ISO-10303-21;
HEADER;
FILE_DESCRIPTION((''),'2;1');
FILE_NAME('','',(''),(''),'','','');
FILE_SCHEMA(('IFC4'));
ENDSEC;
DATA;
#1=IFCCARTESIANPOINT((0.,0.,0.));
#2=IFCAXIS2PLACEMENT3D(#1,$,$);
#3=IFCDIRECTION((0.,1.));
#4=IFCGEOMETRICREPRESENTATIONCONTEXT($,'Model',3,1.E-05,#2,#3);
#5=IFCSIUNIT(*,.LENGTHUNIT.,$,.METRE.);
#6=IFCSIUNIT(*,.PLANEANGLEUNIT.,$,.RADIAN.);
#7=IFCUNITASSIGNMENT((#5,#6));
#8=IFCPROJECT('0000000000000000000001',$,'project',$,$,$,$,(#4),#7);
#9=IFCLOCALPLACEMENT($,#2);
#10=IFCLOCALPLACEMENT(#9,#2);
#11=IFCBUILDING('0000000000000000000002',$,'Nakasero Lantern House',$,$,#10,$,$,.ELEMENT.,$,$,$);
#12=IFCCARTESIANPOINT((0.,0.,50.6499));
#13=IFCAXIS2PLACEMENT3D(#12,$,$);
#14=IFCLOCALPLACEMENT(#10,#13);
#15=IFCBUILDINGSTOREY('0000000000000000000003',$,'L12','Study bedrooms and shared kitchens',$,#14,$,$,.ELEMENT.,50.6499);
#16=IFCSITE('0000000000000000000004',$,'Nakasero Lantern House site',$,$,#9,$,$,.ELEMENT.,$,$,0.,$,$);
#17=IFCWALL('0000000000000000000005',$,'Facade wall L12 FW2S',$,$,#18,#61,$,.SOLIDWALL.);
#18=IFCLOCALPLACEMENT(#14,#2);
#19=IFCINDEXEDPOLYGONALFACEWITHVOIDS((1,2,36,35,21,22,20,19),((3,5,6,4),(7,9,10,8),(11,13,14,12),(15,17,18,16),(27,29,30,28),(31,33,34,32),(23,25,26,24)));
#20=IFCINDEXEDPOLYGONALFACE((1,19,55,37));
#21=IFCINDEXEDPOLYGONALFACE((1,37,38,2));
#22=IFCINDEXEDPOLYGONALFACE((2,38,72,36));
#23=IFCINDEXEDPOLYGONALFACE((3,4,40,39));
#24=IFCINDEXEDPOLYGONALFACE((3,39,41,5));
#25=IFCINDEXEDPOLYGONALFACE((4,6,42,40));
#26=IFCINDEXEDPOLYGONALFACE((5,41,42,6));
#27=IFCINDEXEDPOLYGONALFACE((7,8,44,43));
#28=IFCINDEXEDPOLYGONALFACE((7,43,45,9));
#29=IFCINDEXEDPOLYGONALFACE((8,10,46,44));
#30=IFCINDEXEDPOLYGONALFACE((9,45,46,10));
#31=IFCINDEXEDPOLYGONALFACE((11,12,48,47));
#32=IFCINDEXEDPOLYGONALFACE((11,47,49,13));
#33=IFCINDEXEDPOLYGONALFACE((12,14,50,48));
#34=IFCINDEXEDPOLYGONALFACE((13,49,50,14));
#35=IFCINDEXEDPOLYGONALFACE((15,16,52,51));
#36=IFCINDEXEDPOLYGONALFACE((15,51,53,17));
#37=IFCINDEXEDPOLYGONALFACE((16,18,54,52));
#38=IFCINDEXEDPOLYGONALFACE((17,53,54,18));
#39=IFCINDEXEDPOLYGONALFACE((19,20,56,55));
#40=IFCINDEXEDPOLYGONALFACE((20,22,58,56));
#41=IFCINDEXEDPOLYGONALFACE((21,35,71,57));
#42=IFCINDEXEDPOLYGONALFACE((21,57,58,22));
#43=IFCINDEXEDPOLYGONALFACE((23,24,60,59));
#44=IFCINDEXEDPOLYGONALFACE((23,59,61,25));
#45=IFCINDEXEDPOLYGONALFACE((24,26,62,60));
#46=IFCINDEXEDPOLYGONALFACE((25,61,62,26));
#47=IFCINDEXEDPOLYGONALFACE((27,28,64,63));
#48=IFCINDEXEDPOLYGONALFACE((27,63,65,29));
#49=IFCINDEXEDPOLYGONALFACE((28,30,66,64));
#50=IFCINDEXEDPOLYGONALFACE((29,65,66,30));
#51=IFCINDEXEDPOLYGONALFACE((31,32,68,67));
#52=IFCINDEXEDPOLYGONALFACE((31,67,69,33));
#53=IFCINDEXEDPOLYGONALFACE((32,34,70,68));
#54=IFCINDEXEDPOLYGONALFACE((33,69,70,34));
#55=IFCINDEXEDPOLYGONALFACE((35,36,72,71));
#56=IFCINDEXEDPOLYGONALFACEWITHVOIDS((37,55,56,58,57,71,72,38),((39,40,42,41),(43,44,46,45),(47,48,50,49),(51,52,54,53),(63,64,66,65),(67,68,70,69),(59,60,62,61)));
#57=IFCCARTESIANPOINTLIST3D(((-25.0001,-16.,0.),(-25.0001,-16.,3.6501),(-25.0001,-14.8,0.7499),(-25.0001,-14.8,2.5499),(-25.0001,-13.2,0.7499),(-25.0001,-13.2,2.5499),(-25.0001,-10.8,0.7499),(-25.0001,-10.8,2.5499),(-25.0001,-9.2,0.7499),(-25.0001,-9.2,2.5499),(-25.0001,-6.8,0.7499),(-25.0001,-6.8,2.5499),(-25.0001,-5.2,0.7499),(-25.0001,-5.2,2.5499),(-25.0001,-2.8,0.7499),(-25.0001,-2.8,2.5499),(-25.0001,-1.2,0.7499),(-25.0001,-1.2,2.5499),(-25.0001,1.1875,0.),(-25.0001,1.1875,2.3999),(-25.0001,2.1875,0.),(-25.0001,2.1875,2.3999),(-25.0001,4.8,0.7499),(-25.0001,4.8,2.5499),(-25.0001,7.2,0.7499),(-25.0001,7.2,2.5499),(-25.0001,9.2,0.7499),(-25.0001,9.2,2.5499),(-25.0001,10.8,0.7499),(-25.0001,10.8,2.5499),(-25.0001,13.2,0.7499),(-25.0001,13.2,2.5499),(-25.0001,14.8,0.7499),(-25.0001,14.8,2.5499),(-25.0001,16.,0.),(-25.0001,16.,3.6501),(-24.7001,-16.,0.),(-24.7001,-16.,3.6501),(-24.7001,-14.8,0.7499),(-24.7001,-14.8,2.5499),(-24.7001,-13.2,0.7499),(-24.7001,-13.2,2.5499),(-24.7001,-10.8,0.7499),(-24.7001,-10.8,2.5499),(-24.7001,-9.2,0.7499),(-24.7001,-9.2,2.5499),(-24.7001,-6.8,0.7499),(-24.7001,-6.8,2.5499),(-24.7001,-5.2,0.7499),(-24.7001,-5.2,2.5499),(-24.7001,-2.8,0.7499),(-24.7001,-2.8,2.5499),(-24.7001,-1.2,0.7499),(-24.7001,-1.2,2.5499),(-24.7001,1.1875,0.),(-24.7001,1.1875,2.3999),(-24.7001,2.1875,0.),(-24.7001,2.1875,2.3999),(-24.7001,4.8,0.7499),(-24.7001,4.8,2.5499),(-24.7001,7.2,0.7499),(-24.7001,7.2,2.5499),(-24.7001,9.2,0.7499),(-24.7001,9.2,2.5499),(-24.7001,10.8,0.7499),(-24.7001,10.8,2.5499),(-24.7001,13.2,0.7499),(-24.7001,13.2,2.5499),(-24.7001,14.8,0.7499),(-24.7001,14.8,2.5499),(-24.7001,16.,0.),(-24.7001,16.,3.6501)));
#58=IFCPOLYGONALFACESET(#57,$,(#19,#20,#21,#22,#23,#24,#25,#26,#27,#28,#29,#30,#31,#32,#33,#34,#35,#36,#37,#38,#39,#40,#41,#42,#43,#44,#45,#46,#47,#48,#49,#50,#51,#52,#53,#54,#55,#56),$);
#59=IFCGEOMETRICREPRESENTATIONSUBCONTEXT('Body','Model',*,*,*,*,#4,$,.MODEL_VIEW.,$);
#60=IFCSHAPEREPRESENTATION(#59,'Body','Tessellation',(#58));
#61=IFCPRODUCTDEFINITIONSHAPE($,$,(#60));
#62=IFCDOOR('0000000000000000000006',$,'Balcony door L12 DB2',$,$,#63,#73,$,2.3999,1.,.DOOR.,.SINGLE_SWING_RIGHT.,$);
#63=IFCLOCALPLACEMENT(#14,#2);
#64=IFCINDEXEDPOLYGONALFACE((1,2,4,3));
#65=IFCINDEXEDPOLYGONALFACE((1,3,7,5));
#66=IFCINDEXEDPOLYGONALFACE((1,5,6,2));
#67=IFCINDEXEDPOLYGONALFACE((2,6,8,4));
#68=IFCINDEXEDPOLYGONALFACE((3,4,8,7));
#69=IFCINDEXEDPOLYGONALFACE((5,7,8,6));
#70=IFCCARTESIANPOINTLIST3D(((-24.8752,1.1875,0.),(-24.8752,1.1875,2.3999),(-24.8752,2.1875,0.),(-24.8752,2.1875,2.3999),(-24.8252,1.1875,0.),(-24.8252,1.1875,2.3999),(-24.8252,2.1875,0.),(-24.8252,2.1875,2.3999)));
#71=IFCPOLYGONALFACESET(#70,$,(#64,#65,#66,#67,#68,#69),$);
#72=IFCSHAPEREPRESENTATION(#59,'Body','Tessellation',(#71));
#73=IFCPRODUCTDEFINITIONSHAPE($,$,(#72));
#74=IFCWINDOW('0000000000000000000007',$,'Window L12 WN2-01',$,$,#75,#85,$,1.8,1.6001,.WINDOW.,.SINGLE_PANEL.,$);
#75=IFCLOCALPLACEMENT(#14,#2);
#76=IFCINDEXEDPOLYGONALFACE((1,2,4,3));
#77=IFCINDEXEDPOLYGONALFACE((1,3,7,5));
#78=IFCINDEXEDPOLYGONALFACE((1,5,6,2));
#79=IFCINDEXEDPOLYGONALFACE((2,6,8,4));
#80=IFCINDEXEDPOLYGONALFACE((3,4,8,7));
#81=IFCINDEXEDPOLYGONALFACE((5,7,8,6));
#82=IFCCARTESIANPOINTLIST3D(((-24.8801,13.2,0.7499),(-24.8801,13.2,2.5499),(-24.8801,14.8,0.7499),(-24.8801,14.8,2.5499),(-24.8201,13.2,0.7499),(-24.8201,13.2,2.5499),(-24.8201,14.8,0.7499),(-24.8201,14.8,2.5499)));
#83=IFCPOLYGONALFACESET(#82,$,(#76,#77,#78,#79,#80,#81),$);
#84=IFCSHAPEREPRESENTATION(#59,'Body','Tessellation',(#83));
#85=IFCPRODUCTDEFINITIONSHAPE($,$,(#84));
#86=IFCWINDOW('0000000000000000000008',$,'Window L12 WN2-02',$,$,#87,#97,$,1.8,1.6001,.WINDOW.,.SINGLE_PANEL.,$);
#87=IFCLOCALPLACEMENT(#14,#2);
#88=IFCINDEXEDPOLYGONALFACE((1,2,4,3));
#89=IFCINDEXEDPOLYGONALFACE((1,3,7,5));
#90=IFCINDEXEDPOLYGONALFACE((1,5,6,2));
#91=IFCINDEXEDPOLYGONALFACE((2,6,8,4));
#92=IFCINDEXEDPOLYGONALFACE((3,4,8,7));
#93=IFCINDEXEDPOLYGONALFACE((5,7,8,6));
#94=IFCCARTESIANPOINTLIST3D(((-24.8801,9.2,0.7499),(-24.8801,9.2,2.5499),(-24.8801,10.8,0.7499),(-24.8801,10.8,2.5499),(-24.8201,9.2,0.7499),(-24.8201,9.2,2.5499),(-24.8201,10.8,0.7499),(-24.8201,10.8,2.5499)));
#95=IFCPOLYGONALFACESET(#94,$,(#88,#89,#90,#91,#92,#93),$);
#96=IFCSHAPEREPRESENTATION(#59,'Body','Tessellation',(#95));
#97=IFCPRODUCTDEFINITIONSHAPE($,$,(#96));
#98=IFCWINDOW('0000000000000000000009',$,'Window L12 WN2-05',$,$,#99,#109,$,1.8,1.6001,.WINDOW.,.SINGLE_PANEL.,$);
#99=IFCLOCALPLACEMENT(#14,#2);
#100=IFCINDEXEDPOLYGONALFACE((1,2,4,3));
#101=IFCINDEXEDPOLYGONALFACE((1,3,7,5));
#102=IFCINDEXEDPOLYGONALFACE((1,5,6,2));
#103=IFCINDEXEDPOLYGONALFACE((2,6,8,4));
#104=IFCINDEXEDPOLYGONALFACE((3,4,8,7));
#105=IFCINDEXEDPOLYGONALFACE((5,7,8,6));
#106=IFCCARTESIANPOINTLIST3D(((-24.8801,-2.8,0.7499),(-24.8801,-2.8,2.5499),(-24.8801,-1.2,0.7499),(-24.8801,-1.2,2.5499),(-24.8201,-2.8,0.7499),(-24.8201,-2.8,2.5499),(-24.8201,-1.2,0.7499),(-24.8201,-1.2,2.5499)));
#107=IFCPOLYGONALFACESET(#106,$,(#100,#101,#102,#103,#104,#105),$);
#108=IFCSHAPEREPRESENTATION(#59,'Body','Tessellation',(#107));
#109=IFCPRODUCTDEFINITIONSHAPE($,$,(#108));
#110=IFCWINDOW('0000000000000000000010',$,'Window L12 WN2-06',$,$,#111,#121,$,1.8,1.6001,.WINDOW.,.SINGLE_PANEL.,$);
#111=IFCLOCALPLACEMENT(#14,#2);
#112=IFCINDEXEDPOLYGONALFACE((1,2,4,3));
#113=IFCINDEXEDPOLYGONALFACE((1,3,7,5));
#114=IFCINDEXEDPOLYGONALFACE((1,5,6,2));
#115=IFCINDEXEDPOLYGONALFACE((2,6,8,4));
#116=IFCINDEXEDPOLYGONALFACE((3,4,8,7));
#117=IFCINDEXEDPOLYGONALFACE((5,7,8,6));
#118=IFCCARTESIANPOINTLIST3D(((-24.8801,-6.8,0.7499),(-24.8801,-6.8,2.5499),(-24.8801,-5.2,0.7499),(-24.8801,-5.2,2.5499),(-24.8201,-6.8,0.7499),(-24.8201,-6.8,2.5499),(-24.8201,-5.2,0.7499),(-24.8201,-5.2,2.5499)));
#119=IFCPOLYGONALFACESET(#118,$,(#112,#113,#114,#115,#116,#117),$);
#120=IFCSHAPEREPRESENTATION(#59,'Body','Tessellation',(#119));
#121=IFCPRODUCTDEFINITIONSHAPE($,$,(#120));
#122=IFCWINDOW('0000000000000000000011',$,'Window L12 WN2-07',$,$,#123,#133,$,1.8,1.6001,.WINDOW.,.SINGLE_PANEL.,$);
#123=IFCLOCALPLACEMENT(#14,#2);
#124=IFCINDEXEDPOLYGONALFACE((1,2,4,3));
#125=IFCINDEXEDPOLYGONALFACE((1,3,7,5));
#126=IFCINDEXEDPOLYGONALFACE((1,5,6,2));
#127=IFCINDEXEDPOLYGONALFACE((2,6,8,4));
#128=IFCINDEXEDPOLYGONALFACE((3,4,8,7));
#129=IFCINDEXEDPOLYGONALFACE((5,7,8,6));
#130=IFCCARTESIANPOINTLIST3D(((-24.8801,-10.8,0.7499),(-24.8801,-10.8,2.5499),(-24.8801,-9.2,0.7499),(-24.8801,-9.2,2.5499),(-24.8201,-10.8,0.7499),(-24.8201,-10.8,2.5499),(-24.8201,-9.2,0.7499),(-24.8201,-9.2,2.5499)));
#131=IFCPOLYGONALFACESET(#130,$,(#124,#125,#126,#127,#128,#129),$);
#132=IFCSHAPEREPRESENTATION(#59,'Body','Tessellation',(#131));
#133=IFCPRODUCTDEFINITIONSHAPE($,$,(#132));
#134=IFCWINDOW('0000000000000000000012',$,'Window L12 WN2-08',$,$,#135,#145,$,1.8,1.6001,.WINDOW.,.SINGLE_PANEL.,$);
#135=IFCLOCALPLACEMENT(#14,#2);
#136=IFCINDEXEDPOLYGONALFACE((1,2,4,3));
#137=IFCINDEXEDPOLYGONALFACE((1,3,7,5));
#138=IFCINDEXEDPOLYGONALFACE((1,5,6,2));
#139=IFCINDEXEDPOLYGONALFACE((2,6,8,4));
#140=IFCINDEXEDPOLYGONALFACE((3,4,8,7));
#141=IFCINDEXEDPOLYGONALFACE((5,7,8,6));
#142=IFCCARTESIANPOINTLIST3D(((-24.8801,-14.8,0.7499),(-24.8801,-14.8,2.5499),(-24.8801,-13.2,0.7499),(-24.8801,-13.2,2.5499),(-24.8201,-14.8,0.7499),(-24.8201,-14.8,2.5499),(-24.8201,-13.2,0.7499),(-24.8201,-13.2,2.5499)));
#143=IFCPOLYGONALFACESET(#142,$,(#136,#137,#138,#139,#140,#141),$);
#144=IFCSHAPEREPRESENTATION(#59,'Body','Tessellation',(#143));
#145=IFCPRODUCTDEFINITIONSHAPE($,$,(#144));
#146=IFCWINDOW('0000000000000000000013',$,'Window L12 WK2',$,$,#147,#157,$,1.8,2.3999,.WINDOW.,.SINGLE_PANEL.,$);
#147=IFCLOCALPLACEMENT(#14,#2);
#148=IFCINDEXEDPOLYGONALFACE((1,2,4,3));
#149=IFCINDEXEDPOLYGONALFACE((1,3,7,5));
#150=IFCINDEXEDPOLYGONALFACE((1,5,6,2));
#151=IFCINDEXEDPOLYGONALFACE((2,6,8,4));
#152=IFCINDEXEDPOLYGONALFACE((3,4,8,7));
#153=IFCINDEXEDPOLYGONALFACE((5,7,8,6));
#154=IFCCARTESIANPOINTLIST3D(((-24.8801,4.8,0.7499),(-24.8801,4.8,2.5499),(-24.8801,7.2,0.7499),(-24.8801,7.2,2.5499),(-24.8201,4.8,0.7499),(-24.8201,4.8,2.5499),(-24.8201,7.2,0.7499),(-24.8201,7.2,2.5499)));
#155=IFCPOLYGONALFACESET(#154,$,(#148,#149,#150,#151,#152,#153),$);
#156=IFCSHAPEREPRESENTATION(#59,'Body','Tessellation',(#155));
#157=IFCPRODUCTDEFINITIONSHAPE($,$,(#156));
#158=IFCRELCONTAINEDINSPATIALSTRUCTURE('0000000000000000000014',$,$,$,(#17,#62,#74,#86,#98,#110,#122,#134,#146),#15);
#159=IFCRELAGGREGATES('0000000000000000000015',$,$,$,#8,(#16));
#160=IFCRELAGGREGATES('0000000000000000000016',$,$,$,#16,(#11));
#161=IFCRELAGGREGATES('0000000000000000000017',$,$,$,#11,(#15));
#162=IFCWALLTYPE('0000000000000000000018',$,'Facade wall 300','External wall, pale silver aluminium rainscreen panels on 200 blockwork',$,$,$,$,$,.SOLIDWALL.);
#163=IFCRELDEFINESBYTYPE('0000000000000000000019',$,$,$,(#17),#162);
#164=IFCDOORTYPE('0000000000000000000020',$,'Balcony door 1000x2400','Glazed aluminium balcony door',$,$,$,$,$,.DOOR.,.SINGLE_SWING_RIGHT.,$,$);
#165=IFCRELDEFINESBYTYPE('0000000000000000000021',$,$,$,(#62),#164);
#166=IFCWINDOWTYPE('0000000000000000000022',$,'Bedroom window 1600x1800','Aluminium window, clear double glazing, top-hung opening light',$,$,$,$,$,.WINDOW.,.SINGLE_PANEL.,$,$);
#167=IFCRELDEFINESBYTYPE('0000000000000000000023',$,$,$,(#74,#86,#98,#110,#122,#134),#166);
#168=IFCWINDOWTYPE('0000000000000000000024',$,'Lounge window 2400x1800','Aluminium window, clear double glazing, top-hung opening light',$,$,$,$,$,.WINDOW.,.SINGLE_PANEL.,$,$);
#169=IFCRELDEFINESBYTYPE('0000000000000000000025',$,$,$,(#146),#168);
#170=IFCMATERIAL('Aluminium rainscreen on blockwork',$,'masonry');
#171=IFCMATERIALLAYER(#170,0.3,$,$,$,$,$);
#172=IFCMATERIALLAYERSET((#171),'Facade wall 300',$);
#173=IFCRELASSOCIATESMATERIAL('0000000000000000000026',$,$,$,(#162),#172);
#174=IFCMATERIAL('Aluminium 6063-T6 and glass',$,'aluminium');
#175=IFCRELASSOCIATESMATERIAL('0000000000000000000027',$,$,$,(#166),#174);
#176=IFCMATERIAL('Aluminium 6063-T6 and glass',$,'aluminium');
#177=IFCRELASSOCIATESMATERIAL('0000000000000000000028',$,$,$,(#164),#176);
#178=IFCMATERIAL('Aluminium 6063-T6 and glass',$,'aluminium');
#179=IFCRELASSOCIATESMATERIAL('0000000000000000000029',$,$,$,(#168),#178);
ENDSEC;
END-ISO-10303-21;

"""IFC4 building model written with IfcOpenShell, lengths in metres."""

from ifc_helpers import new_model, si_unit, direction, frame, frame_2d, origin, place, context, subcontext, project, spatial, rectangle, extrude, material, layer, layer_set, type_object, element, fill, save


model = new_model("IFC4")

# Units and contexts
model_context = context("Model", 3, precision=1e-05, world=origin(), true_north=direction((0.0, 1.0)))
body_context = subcontext(model_context, "Body", "Model", "MODEL_VIEW")
ifc_project = project(units=[si_unit("LENGTHUNIT", "METRE"), si_unit("PLANEANGLEUNIT", "RADIAN")], contexts=[model_context])

# Site, building, storey
site_placement = place(None, origin())
site = spatial("IfcSite", under=ifc_project, at=site_placement, Name="Nakasero Lantern House site", CompositionType="ELEMENT", RefElevation=0.0)
building_placement = place(site_placement, origin())
building = spatial("IfcBuilding", under=site, at=building_placement, Name="Nakasero Lantern House", CompositionType="ELEMENT")
storey_placement = place(building_placement, frame((0.0, 0.0, 50.6499)))
storey = spatial("IfcBuildingStorey", under=building, at=storey_placement, Name="L12", Description="Study bedrooms and shared kitchens", CompositionType="ELEMENT", Elevation=50.6499)

# Shared definitions
ifc_material_1 = material(Name="Aluminium rainscreen on blockwork", Category="masonry")
ifc_layer_1 = layer(ifc_material_1, 0.3)
ifc_layer_set_1 = layer_set([ifc_layer_1], Name="Facade wall 300")
wall_type_1 = type_object("IfcWallType", Name="Facade wall 300", Description="External wall, pale silver aluminium rainscreen panels on 200 blockwork", PredefinedType="SOLIDWALL", material=ifc_layer_set_1)
ifc_material_2 = material(Name="Aluminium 6063-T6 and glass", Category="aluminium")
window_type_1 = type_object("IfcWindowType", Name="Bedroom window 1600x1800", Description="Aluminium window, clear double glazing, top-hung opening light", PartitioningType="SINGLE_PANEL", PredefinedType="WINDOW", material=ifc_material_2)

# Wall, openings, door, windows
wall_1_placement = place(storey_placement, frame((-24.8501, 16.0, 0.0), z_axis=(0.0, 0.0, 1.0), x_axis=(0.0, -1.0, 0.0)))
wall_1 = element("IfcWall", 1, at=wall_1_placement, inside=storey, type_object=wall_type_1, Name="Facade wall L12 FW2S", PredefinedType="SOLIDWALL", context=body_context, shape_type="SweptSolid", body=[
    extrude(rectangle(XDim=32.0, YDim=0.3, at=frame_2d((16.0, 0.0))), origin(), (0.0, 0.0, 1.0), 3.6501),
])
opening_1_placement = place(wall_1_placement, frame((1.2, 0.0, 0.75)))
opening_1 = element("IfcOpeningElement", 2, at=opening_1_placement, cuts=wall_1, PredefinedType="OPENING", context=body_context, shape_type="SweptSolid", body=[
    extrude(rectangle(XDim=1.6001, YDim=1.8, at=frame_2d((0.8, 0.8999))), frame((0.0, 0.1699, 0.0), z_axis=(0.0, -1.0, 0.0), x_axis=(1.0, 0.0, 0.0)), (0.0, 0.0, 1.0), 0.3401),
])
opening_2_placement = place(wall_1_placement, frame((5.2, 0.0, 0.75)))
opening_2 = element("IfcOpeningElement", 3, at=opening_2_placement, cuts=wall_1, PredefinedType="OPENING", context=body_context, shape_type="SweptSolid", body=[
    extrude(rectangle(XDim=1.6001, YDim=1.8, at=frame_2d((0.8, 0.8999))), frame((0.0, 0.1699, 0.0), z_axis=(0.0, -1.0, 0.0), x_axis=(1.0, 0.0, 0.0)), (0.0, 0.0, 1.0), 0.3401),
])
opening_3_placement = place(wall_1_placement, frame((17.2, 0.0, 0.75)))
opening_3 = element("IfcOpeningElement", 4, at=opening_3_placement, cuts=wall_1, PredefinedType="OPENING", context=body_context, shape_type="SweptSolid", body=[
    extrude(rectangle(XDim=1.6001, YDim=1.8, at=frame_2d((0.8, 0.8999))), frame((0.0, 0.1699, 0.0), z_axis=(0.0, -1.0, 0.0), x_axis=(1.0, 0.0, 0.0)), (0.0, 0.0, 1.0), 0.3401),
])
opening_4_placement = place(wall_1_placement, frame((21.2, 0.0, 0.75)))
opening_4 = element("IfcOpeningElement", 5, at=opening_4_placement, cuts=wall_1, PredefinedType="OPENING", context=body_context, shape_type="SweptSolid", body=[
    extrude(rectangle(XDim=1.6001, YDim=1.8, at=frame_2d((0.8, 0.8999))), frame((0.0, 0.1699, 0.0), z_axis=(0.0, -1.0, 0.0), x_axis=(1.0, 0.0, 0.0)), (0.0, 0.0, 1.0), 0.3401),
])
opening_5_placement = place(wall_1_placement, frame((25.2, 0.0, 0.75)))
opening_5 = element("IfcOpeningElement", 6, at=opening_5_placement, cuts=wall_1, PredefinedType="OPENING", context=body_context, shape_type="SweptSolid", body=[
    extrude(rectangle(XDim=1.6001, YDim=1.8, at=frame_2d((0.8, 0.8999))), frame((0.0, 0.1699, 0.0), z_axis=(0.0, -1.0, 0.0), x_axis=(1.0, 0.0, 0.0)), (0.0, 0.0, 1.0), 0.3401),
])
opening_6_placement = place(wall_1_placement, frame((29.2, 0.0, 0.75)))
opening_6 = element("IfcOpeningElement", 7, at=opening_6_placement, cuts=wall_1, PredefinedType="OPENING", context=body_context, shape_type="SweptSolid", body=[
    extrude(rectangle(XDim=1.6001, YDim=1.8, at=frame_2d((0.8, 0.8999))), frame((0.0, 0.1699, 0.0), z_axis=(0.0, -1.0, 0.0), x_axis=(1.0, 0.0, 0.0)), (0.0, 0.0, 1.0), 0.3401),
])
opening_7_placement = place(wall_1_placement, frame((8.8, 0.0, 0.75)))
opening_7 = element("IfcOpeningElement", 8, at=opening_7_placement, cuts=wall_1, PredefinedType="OPENING", context=body_context, shape_type="SweptSolid", body=[
    extrude(rectangle(XDim=2.3999, YDim=1.8, at=frame_2d((1.2, 0.8999))), frame((0.0, 0.1699, 0.0), z_axis=(0.0, -1.0, 0.0), x_axis=(1.0, 0.0, 0.0)), (0.0, 0.0, 1.0), 0.3401),
])
opening_8_placement = place(wall_1_placement, frame((13.8125, 0.0, 0.0)))
opening_8 = element("IfcOpeningElement", 9, at=opening_8_placement, cuts=wall_1, PredefinedType="OPENING", context=body_context, shape_type="SweptSolid", body=[
    extrude(rectangle(XDim=1.0, YDim=2.3999, at=frame_2d((0.5, 1.2))), frame((0.0, 0.1699, 0.0), z_axis=(0.0, -1.0, 0.0), x_axis=(1.0, 0.0, 0.0)), (0.0, 0.0, 1.0), 0.3401),
])
ifc_material_3 = material(Name="Aluminium 6063-T6 and glass", Category="aluminium")
door_type_1 = type_object("IfcDoorType", Name="Balcony door 1000x2400", Description="Glazed aluminium balcony door", OperationType="SINGLE_SWING_RIGHT", PredefinedType="DOOR", material=ifc_material_3)
door_1_placement = place(opening_8_placement, origin())
door_1 = element("IfcDoor", 10, at=door_1_placement, inside=storey, type_object=door_type_1, Name="Balcony door L12 DB2", OperationType="SINGLE_SWING_RIGHT", OverallHeight=2.3999, OverallWidth=1.0, PredefinedType="DOOR", context=body_context, shape_type="SweptSolid", body=[
    extrude(rectangle(XDim=1.0, YDim=2.3999, at=frame_2d((0.5, 1.2))), frame((0.0, 0.0249, 0.0), z_axis=(0.0, -1.0, 0.0), x_axis=(1.0, 0.0, 0.0)), (0.0, 0.0, 1.0), 0.05),
])
fill(opening_8, door_1)
window_1_placement = place(opening_1_placement, origin())
window_1 = element("IfcWindow", 11, at=window_1_placement, inside=storey, type_object=window_type_1, Name="Window L12 WN2-01", OverallHeight=1.8, OverallWidth=1.6001, PartitioningType="SINGLE_PANEL", PredefinedType="WINDOW", context=body_context, shape_type="SweptSolid", body=[
    extrude(rectangle(XDim=1.6001, YDim=1.8, at=frame_2d((0.8, 0.8999))), frame((0.0, 0.03, 0.0), z_axis=(0.0, -1.0, 0.0), x_axis=(1.0, 0.0, 0.0)), (0.0, 0.0, 1.0), 0.0601),
])
fill(opening_1, window_1)
window_2_placement = place(opening_2_placement, origin())
window_2 = element("IfcWindow", 12, at=window_2_placement, inside=storey, type_object=window_type_1, Name="Window L12 WN2-02", OverallHeight=1.8, OverallWidth=1.6001, PartitioningType="SINGLE_PANEL", PredefinedType="WINDOW", context=body_context, shape_type="SweptSolid", body=[
    extrude(rectangle(XDim=1.6001, YDim=1.8, at=frame_2d((0.8, 0.8999))), frame((0.0, 0.03, 0.0), z_axis=(0.0, -1.0, 0.0), x_axis=(1.0, 0.0, 0.0)), (0.0, 0.0, 1.0), 0.0601),
])
fill(opening_2, window_2)
window_3_placement = place(opening_3_placement, origin())
window_3 = element("IfcWindow", 13, at=window_3_placement, inside=storey, type_object=window_type_1, Name="Window L12 WN2-05", OverallHeight=1.8, OverallWidth=1.6001, PartitioningType="SINGLE_PANEL", PredefinedType="WINDOW", context=body_context, shape_type="SweptSolid", body=[
    extrude(rectangle(XDim=1.6001, YDim=1.8, at=frame_2d((0.8, 0.8999))), frame((0.0, 0.03, 0.0), z_axis=(0.0, -1.0, 0.0), x_axis=(1.0, 0.0, 0.0)), (0.0, 0.0, 1.0), 0.0601),
])
fill(opening_3, window_3)
window_4_placement = place(opening_4_placement, origin())
window_4 = element("IfcWindow", 14, at=window_4_placement, inside=storey, type_object=window_type_1, Name="Window L12 WN2-06", OverallHeight=1.8, OverallWidth=1.6001, PartitioningType="SINGLE_PANEL", PredefinedType="WINDOW", context=body_context, shape_type="SweptSolid", body=[
    extrude(rectangle(XDim=1.6001, YDim=1.8, at=frame_2d((0.8, 0.8999))), frame((0.0, 0.03, 0.0), z_axis=(0.0, -1.0, 0.0), x_axis=(1.0, 0.0, 0.0)), (0.0, 0.0, 1.0), 0.0601),
])
fill(opening_4, window_4)
window_5_placement = place(opening_5_placement, origin())
window_5 = element("IfcWindow", 15, at=window_5_placement, inside=storey, type_object=window_type_1, Name="Window L12 WN2-07", OverallHeight=1.8, OverallWidth=1.6001, PartitioningType="SINGLE_PANEL", PredefinedType="WINDOW", context=body_context, shape_type="SweptSolid", body=[
    extrude(rectangle(XDim=1.6001, YDim=1.8, at=frame_2d((0.8, 0.8999))), frame((0.0, 0.03, 0.0), z_axis=(0.0, -1.0, 0.0), x_axis=(1.0, 0.0, 0.0)), (0.0, 0.0, 1.0), 0.0601),
])
fill(opening_5, window_5)
window_6_placement = place(opening_6_placement, origin())
window_6 = element("IfcWindow", 16, at=window_6_placement, inside=storey, type_object=window_type_1, Name="Window L12 WN2-08", OverallHeight=1.8, OverallWidth=1.6001, PartitioningType="SINGLE_PANEL", PredefinedType="WINDOW", context=body_context, shape_type="SweptSolid", body=[
    extrude(rectangle(XDim=1.6001, YDim=1.8, at=frame_2d((0.8, 0.8999))), frame((0.0, 0.03, 0.0), z_axis=(0.0, -1.0, 0.0), x_axis=(1.0, 0.0, 0.0)), (0.0, 0.0, 1.0), 0.0601),
])
fill(opening_6, window_6)
ifc_material_4 = material(Name="Aluminium 6063-T6 and glass", Category="aluminium")
window_type_2 = type_object("IfcWindowType", Name="Lounge window 2400x1800", Description="Aluminium window, clear double glazing, top-hung opening light", PartitioningType="SINGLE_PANEL", PredefinedType="WINDOW", material=ifc_material_4)
window_7_placement = place(opening_7_placement, origin())
window_7 = element("IfcWindow", 17, at=window_7_placement, inside=storey, type_object=window_type_2, Name="Window L12 WK2", OverallHeight=1.8, OverallWidth=2.3999, PartitioningType="SINGLE_PANEL", PredefinedType="WINDOW", context=body_context, shape_type="SweptSolid", body=[
    extrude(rectangle(XDim=2.3999, YDim=1.8, at=frame_2d((1.2, 0.8999))), frame((0.0, 0.03, 0.0), z_axis=(0.0, -1.0, 0.0), x_axis=(1.0, 0.0, 0.0)), (0.0, 0.0, 1.0), 0.0601),
])
fill(opening_7, window_7)

save(model, "model.ifc")
